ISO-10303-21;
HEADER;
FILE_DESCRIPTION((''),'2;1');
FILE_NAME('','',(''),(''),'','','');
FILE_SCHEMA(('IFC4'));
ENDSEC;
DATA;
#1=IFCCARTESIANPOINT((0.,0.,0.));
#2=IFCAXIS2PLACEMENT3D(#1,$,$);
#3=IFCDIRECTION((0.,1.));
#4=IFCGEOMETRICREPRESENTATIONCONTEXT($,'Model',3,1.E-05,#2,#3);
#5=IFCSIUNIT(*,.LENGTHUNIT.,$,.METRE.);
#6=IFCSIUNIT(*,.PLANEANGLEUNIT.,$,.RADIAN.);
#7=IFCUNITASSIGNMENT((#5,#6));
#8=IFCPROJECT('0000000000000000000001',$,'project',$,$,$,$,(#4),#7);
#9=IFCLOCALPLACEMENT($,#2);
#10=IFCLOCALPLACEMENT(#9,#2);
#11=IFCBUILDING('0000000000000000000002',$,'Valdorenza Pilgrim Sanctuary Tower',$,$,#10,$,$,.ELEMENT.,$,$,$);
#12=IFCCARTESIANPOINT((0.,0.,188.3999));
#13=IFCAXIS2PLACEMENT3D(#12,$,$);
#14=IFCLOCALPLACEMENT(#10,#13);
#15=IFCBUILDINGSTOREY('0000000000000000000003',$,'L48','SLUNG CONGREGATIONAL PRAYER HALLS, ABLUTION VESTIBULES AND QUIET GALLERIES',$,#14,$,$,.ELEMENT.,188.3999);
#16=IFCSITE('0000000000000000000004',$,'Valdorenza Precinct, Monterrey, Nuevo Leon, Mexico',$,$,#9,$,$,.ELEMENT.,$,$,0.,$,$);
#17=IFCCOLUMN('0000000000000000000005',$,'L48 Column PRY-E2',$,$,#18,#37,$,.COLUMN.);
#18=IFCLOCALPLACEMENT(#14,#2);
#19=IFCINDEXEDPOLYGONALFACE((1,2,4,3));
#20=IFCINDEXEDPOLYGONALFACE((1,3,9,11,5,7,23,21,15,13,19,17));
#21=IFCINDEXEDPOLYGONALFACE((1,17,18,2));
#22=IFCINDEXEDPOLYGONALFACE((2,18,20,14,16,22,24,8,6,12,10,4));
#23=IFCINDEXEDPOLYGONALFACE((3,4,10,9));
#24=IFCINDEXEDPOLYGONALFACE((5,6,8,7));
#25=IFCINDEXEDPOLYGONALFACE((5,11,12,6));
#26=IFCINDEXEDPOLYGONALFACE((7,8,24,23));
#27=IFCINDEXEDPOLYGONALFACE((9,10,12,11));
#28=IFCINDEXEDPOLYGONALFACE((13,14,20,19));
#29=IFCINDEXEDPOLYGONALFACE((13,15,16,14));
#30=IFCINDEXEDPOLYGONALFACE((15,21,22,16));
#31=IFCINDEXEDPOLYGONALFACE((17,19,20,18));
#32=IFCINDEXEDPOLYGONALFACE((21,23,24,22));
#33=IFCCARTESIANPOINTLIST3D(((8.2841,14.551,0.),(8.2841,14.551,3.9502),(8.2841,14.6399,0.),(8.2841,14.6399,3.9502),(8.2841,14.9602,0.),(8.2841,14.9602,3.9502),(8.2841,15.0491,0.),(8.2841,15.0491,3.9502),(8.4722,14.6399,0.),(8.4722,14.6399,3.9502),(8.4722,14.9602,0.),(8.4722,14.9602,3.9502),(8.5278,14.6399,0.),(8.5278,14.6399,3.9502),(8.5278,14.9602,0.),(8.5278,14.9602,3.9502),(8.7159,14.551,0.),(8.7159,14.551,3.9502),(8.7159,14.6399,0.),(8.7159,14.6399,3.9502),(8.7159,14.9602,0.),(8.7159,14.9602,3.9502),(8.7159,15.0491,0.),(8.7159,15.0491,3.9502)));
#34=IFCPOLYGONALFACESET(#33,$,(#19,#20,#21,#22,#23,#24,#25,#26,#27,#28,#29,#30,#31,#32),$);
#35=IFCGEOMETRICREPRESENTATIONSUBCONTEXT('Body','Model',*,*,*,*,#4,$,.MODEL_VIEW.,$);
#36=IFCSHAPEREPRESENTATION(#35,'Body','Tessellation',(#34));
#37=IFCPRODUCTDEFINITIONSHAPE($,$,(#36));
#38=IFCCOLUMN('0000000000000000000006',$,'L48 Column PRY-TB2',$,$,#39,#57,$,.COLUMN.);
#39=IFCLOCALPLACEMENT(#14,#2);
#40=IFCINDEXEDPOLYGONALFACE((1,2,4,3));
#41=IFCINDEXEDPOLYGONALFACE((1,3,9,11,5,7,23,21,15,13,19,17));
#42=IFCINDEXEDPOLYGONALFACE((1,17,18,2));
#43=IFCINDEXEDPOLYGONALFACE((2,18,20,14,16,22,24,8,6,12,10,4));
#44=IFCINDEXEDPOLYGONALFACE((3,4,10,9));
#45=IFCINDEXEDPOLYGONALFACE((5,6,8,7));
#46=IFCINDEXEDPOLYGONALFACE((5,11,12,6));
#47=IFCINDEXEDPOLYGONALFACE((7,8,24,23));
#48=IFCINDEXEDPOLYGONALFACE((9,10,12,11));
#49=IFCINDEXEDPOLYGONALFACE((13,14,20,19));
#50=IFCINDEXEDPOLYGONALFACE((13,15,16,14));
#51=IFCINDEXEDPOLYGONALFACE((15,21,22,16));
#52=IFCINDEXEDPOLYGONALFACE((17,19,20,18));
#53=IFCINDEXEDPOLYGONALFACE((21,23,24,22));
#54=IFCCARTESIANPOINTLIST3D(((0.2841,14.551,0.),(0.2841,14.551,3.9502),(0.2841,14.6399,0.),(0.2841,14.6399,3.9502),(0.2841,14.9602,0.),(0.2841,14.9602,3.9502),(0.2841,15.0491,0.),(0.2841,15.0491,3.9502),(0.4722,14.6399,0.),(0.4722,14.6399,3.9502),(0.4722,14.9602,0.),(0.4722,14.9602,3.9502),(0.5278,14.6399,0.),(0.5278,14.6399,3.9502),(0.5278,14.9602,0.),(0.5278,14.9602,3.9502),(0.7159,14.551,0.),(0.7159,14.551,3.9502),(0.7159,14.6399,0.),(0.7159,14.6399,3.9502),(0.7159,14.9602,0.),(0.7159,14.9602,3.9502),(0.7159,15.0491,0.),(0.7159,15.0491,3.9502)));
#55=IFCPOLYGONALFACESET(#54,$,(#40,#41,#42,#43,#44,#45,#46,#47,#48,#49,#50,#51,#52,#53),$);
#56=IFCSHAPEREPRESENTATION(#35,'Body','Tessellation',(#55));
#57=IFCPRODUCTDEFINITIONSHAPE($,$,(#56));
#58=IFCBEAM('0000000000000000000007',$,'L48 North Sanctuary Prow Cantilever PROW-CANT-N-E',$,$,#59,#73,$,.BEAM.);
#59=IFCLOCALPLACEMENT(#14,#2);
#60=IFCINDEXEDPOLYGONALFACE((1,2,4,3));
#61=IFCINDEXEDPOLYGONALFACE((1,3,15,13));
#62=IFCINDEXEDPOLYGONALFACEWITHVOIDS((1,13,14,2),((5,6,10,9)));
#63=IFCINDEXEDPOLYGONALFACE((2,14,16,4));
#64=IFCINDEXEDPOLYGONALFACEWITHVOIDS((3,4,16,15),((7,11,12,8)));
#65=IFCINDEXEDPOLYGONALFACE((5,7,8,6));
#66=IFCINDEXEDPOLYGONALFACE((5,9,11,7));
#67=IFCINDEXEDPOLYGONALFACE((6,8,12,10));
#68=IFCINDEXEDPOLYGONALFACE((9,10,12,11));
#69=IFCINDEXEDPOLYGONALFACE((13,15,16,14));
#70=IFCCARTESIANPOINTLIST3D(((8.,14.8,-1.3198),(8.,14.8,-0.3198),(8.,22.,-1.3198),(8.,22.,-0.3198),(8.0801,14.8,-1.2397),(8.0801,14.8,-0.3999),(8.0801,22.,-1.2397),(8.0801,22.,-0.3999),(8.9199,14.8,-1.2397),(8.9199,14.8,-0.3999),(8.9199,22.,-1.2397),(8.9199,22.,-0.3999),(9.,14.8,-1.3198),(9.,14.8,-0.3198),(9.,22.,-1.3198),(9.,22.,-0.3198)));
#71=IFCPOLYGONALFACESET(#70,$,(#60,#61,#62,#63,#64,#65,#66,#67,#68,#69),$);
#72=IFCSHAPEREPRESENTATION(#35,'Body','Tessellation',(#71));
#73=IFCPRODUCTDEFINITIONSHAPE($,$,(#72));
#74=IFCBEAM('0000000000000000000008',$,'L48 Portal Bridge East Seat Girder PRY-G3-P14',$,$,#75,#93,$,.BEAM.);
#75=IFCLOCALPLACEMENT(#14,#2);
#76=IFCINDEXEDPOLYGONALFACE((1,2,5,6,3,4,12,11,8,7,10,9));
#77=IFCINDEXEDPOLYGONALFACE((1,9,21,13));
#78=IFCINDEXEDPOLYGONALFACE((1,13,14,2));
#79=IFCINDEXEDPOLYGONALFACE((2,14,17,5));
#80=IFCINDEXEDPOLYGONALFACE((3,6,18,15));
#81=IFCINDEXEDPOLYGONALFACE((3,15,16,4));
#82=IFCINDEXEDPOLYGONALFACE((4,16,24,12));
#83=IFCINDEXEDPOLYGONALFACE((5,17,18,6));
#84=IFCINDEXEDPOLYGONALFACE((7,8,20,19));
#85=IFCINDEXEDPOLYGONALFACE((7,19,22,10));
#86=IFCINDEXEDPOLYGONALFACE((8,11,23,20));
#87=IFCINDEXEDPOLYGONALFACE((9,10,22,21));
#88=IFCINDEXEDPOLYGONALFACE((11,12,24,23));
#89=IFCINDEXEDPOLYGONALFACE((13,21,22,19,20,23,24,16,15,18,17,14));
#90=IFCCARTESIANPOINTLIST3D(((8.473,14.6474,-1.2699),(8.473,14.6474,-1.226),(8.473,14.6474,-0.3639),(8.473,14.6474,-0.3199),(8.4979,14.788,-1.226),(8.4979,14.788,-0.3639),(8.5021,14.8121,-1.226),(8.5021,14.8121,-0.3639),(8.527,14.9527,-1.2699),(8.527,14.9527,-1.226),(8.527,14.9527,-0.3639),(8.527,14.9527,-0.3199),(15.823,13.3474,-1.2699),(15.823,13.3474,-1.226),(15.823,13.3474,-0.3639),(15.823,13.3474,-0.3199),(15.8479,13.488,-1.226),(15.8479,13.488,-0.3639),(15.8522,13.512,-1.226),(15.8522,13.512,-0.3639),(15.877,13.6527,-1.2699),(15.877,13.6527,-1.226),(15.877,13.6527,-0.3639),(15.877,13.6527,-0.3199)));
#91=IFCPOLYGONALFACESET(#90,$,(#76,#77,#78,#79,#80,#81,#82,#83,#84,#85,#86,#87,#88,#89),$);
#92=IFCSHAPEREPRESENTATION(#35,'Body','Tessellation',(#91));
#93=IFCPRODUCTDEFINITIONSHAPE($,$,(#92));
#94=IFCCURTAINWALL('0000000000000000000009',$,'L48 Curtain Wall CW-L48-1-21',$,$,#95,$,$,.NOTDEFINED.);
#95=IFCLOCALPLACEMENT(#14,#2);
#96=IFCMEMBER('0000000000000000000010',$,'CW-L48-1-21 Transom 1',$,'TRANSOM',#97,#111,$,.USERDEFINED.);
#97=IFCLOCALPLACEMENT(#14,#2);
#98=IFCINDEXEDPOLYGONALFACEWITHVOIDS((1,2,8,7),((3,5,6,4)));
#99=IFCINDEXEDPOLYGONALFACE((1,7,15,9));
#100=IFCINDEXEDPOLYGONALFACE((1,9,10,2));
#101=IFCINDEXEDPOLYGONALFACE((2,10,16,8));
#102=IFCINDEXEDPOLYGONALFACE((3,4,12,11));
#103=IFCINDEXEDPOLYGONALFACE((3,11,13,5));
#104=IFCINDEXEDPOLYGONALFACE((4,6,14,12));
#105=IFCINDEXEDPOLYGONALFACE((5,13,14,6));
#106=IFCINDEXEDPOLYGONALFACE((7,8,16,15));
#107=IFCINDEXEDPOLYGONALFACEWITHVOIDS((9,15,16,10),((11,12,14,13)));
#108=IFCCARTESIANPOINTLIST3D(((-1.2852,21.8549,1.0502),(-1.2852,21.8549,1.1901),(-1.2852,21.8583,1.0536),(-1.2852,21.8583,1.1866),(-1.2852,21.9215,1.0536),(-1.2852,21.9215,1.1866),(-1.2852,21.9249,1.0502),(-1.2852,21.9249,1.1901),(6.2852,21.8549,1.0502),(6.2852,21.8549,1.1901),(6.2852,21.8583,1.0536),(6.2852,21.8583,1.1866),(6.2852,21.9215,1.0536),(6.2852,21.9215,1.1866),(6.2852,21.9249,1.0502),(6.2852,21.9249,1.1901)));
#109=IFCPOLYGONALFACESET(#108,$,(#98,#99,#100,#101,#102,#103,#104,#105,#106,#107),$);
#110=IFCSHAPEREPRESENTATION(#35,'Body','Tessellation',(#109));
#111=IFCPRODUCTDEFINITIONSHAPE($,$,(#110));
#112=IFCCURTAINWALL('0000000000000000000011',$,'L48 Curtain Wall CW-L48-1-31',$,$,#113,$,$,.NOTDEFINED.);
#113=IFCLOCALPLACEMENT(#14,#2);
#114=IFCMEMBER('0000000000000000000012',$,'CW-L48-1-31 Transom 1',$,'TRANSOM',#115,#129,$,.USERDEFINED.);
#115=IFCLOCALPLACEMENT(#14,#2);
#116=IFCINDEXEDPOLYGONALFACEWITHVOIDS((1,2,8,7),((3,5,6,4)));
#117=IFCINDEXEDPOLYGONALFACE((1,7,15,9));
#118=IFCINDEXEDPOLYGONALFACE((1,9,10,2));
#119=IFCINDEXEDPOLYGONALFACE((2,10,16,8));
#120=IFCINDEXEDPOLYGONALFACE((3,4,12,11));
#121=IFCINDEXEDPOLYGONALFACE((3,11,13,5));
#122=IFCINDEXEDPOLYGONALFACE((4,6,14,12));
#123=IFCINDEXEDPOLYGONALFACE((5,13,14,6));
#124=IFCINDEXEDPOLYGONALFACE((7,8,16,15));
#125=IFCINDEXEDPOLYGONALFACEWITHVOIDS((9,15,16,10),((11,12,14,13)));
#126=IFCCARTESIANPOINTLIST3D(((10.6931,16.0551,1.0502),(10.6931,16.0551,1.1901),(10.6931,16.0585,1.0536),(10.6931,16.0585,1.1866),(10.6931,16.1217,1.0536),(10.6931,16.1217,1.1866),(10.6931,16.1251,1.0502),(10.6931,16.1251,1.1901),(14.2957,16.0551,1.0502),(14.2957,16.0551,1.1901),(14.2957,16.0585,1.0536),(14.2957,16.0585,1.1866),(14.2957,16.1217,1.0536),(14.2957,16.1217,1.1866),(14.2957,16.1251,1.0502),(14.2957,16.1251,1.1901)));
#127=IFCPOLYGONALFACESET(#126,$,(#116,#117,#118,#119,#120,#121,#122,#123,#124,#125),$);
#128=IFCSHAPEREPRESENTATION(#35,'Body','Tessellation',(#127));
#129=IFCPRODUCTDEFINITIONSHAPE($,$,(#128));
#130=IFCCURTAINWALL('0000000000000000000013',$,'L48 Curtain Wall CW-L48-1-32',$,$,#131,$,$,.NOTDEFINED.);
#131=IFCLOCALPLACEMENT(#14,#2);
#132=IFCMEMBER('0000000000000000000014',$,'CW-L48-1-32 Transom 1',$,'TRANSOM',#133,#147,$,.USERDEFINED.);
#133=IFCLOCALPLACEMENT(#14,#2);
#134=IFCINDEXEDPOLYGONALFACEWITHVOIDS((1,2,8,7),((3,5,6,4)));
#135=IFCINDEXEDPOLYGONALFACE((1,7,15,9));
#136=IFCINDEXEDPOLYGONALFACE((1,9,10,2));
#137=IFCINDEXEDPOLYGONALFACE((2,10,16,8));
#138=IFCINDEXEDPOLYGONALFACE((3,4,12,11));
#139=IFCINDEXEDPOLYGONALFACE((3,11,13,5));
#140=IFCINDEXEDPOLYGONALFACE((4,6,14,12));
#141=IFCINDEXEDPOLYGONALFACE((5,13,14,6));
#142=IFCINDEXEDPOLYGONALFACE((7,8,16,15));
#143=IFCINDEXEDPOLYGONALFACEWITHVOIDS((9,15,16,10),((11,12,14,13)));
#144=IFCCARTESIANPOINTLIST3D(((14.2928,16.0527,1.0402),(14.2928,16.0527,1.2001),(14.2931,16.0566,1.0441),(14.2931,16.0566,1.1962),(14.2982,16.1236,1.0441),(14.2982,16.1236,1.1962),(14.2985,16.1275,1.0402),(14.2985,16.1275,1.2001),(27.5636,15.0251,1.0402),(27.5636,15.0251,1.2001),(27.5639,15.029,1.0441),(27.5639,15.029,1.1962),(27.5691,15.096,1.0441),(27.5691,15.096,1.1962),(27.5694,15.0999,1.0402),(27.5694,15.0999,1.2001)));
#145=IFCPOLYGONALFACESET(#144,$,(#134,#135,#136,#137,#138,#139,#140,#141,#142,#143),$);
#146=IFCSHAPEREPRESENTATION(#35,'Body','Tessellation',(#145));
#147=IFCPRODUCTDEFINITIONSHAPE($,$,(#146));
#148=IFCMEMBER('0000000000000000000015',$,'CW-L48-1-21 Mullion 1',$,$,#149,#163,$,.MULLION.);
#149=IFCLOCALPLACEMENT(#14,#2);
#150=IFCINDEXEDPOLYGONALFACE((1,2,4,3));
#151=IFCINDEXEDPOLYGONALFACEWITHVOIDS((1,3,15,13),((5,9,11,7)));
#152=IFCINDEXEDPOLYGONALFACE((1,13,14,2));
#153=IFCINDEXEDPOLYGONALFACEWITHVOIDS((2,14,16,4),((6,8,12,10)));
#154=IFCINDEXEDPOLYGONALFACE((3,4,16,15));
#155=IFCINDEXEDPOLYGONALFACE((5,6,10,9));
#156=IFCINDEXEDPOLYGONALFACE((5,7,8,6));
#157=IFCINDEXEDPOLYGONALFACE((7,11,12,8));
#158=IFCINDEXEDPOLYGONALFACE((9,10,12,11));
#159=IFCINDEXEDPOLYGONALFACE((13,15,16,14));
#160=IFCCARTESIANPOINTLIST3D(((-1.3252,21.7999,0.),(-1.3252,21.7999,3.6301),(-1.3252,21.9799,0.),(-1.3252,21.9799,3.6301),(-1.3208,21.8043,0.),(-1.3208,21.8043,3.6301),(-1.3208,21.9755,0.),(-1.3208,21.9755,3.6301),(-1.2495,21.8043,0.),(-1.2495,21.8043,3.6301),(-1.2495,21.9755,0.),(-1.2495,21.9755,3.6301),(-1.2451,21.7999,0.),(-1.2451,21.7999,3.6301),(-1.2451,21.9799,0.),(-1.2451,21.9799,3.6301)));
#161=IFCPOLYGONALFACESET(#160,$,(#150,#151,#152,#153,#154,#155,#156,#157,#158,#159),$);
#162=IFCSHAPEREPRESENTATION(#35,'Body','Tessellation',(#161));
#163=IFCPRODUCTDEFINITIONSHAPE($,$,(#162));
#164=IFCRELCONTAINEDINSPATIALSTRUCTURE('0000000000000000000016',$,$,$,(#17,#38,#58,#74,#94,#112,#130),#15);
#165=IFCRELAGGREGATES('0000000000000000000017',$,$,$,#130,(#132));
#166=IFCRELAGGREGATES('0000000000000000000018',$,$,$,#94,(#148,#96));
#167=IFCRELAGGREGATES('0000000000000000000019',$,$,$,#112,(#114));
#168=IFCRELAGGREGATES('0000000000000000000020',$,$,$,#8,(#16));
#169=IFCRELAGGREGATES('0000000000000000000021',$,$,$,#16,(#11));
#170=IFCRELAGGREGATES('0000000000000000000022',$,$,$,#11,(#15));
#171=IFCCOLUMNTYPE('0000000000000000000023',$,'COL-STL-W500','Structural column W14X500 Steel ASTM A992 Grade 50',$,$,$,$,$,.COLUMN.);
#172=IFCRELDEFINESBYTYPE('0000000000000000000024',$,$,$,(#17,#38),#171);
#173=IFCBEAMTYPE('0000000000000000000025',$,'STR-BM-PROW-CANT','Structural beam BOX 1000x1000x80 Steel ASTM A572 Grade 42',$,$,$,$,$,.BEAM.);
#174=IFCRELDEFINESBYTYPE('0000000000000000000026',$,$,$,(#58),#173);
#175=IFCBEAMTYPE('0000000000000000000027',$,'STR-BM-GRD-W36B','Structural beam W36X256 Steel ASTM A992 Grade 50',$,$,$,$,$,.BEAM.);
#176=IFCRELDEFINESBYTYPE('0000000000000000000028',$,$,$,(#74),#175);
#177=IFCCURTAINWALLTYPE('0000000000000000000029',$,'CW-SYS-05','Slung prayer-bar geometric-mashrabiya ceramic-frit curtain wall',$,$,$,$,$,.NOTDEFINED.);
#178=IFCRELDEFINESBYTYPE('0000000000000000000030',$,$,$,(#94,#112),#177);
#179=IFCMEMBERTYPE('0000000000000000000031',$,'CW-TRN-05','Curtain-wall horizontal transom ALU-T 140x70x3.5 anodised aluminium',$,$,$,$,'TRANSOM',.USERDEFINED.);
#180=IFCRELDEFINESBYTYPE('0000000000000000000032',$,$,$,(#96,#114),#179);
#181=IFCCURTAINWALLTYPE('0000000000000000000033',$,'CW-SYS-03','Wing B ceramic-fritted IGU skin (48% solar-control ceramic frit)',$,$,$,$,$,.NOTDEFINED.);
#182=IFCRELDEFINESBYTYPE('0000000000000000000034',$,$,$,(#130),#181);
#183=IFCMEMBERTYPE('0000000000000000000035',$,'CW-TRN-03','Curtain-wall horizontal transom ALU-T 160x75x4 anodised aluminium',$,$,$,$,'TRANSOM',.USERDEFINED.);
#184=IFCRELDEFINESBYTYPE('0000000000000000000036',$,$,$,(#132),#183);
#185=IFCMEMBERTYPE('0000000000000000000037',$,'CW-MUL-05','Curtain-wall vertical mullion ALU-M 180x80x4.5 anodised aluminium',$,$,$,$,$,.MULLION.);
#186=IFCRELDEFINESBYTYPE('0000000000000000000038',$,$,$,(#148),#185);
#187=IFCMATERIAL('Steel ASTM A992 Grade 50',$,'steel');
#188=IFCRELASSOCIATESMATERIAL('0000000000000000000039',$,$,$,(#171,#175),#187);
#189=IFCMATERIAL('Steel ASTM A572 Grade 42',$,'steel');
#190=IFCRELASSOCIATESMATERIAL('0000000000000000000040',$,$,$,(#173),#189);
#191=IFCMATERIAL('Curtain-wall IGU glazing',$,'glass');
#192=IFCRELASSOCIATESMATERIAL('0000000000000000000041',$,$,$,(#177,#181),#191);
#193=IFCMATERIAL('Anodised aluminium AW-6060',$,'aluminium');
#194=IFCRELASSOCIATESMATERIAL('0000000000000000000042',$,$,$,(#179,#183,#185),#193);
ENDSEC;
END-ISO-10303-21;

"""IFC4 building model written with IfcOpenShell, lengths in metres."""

from ifc_helpers import new_model, si_unit, direction, frame, origin, origin_2d, place, context, subcontext, project, spatial, hollow_rectangle, i_section, extrude, source, transform, mapped, material, material_profile, profile_set, type_object, element, aggregate, save


model = new_model("IFC4")

# Units and contexts
model_context = context("Model", 3, precision=1e-05, world=origin(), true_north=direction((0.0, 1.0)))
body_context = subcontext(model_context, "Body", "Model", "MODEL_VIEW")
ifc_project = project(units=[si_unit("LENGTHUNIT", "METRE"), si_unit("PLANEANGLEUNIT", "RADIAN")], contexts=[model_context])

# Site, building, storey
site_placement = place(None, origin())
site = spatial("IfcSite", under=ifc_project, at=site_placement, Name="Valdorenza Precinct, Monterrey, Nuevo Leon, Mexico", CompositionType="ELEMENT", RefElevation=0.0)
building_placement = place(site_placement, origin())
building = spatial("IfcBuilding", under=site, at=building_placement, Name="Valdorenza Pilgrim Sanctuary Tower", CompositionType="ELEMENT")
storey_placement = place(building_placement, frame((0.0, 0.0, 188.3999)))
storey = spatial("IfcBuildingStorey", under=building, at=storey_placement, Name="L48", Description="SLUNG CONGREGATIONAL PRAYER HALLS, ABLUTION VESTIBULES AND QUIET GALLERIES", CompositionType="ELEMENT", Elevation=188.3999)

# Columns
ifc_material_1 = material(Name="Steel ASTM A992 Grade 50", Category="steel")
ifc_material_profile_1 = material_profile(ifc_material_1, i_section(OverallWidth=0.4319, OverallDepth=0.498, WebThickness=0.0557, FlangeThickness=0.0889, at=origin_2d()), Name="W14X500")
ifc_profile_set_1 = profile_set([ifc_material_profile_1], Name="Steel ASTM A992 Grade 50")
column_type = type_object("IfcColumnType", Name="COL-STL-W500", Description="Structural column W14X500 Steel ASTM A992 Grade 50", PredefinedType="COLUMN", material=ifc_profile_set_1)
shared_shape_1 = source(origin(), body_context, "Body", "SweptSolid", [
    extrude(i_section(OverallWidth=0.4319, OverallDepth=0.498, WebThickness=0.0557, FlangeThickness=0.0889, at=origin_2d()), origin(), (0.0, 0.0, 1.0), 3.9502),
])
for number, where, z_axis, x_axis, name in (
    (1, (8.5, 14.8, 0.0), (0.0, 0.0, 1.0), (1.0, 0.0, 0.0), "L48 Column PRY-E2"),
    (2, (0.5, 14.8, 0.0), (0.0, 0.0, 1.0), (1.0, 0.0, 0.0), "L48 Column PRY-TB2"),
):
    element("IfcColumn", number, at=place(storey_placement, frame(where, z_axis=z_axis, x_axis=x_axis)), inside=storey, type_object=column_type, Name=name, PredefinedType="COLUMN", context=body_context, shape_type="MappedRepresentation", body=[
        mapped(shared_shape_1, transform((0.0, 0.0, 0.0), x_axis=(1.0, 0.0, 0.0), y_axis=(0.0, 1.0, 0.0), z_axis=(0.0, 0.0, 1.0), scale=1.0)),
    ])

# Beams
ifc_material_2 = material(Name="Steel ASTM A572 Grade 42", Category="steel")
ifc_material_profile_2 = material_profile(ifc_material_2, hollow_rectangle(XDim=1.0, YDim=1.0, WallThickness=0.0801, at=origin_2d()), Name="BOX 1000x1000x80")
ifc_profile_set_2 = profile_set([ifc_material_profile_2], Name="Steel ASTM A572 Grade 42")
beam_type_1 = type_object("IfcBeamType", Name="STR-BM-PROW-CANT", Description="Structural beam BOX 1000x1000x80 Steel ASTM A572 Grade 42", PredefinedType="BEAM", material=ifc_profile_set_2)
shared_shape_2 = source(origin(), body_context, "Body", "SweptSolid", [
    extrude(hollow_rectangle(XDim=1.0, YDim=1.0, WallThickness=0.0801, at=origin_2d()), origin(), (0.0, 0.0, 1.0), 7.2),
])
beam_1_placement = place(storey_placement, frame((8.5, 14.8, -0.8198), z_axis=(0.0, 1.0, 0.0), x_axis=(-1.0, 0.0, 0.0)))
element("IfcBeam", 3, at=beam_1_placement, inside=storey, type_object=beam_type_1, Name="L48 North Sanctuary Prow Cantilever PROW-CANT-N-E", PredefinedType="BEAM", context=body_context, shape_type="MappedRepresentation", body=[
    mapped(shared_shape_2, transform((0.0, 0.0, 0.0), x_axis=(1.0, 0.0, 0.0), y_axis=(0.0, 1.0, 0.0), z_axis=(0.0, 0.0, 1.0), scale=1.0)),
])
ifc_material_profile_3 = material_profile(ifc_material_1, i_section(OverallWidth=0.3101, OverallDepth=0.95, WebThickness=0.0244, FlangeThickness=0.0439, at=origin_2d()), Name="W36X256")
ifc_profile_set_3 = profile_set([ifc_material_profile_3], Name="Steel ASTM A992 Grade 50")
beam_type_2 = type_object("IfcBeamType", Name="STR-BM-GRD-W36B", Description="Structural beam W36X256 Steel ASTM A992 Grade 50", PredefinedType="BEAM", material=ifc_profile_set_3)
shared_shape_3 = source(origin(), body_context, "Body", "SweptSolid", [
    extrude(i_section(OverallWidth=0.3101, OverallDepth=0.95, WebThickness=0.0244, FlangeThickness=0.0439, at=origin_2d()), origin(), (0.0, 0.0, 1.0), 7.4641),
])
beam_2_placement = place(storey_placement, frame((8.5, 14.8, -0.7949), z_axis=(0.984715, -0.174172, 0.0), x_axis=(0.174172, 0.984715, 0.0)))
element("IfcBeam", 4, at=beam_2_placement, inside=storey, type_object=beam_type_2, Name="L48 Portal Bridge East Seat Girder PRY-G3-P14", PredefinedType="BEAM", context=body_context, shape_type="MappedRepresentation", body=[
    mapped(shared_shape_3, transform((0.0, 0.0, 0.0), x_axis=(1.0, 0.0, 0.0), y_axis=(0.0, 1.0, 0.0), z_axis=(0.0, 0.0, 1.0), scale=1.0)),
])

# Curtain walls, members
ifc_material_3 = material(Name="Curtain-wall IGU glazing", Category="glass")
curtain_wall_type_1 = type_object("IfcCurtainWallType", Name="CW-SYS-05", Description="Slung prayer-bar geometric-mashrabiya ceramic-frit curtain wall", PredefinedType="NOTDEFINED", material=ifc_material_3)
curtain_wall_1_placement = place(storey_placement, origin())
curtain_wall_1 = element("IfcCurtainWall", 5, at=curtain_wall_1_placement, inside=storey, type_object=curtain_wall_type_1, Name="L48 Curtain Wall CW-L48-1-21", PredefinedType="NOTDEFINED")
ifc_material_4 = material(Name="Anodised aluminium AW-6060", Category="aluminium")
ifc_material_profile_4 = material_profile(ifc_material_4, hollow_rectangle(XDim=0.0701, YDim=0.1399, WallThickness=0.0034, at=origin_2d()), Name="ALU-T 140x70x3.5")
ifc_profile_set_4 = profile_set([ifc_material_profile_4], Name="Anodised aluminium AW-6060")
member_type_1 = type_object("IfcMemberType", Name="CW-TRN-05", Description="Curtain-wall horizontal transom ALU-T 140x70x3.5 anodised aluminium", ElementType="TRANSOM", PredefinedType="USERDEFINED", material=ifc_profile_set_4)
shared_shape_4 = source(origin(), body_context, "Body", "SweptSolid", [
    extrude(hollow_rectangle(XDim=0.0701, YDim=0.1399, WallThickness=0.0034, at=origin_2d()), origin(), (0.0, 0.0, 1.0), 7.5703),
])
member_1_placement = place(storey_placement, frame((-1.2852, 21.8899, 1.1201), z_axis=(1.0, 0.0, 0.0), x_axis=(0.0, 1.0, 0.0)))
member_1 = element("IfcMember", 6, at=member_1_placement, type_object=member_type_1, Name="CW-L48-1-21 Transom 1", ObjectType="TRANSOM", PredefinedType="USERDEFINED", context=body_context, shape_type="MappedRepresentation", body=[
    mapped(shared_shape_4, transform((0.0, 0.0, 0.0), x_axis=(1.0, 0.0, 0.0), y_axis=(0.0, 1.0, 0.0), z_axis=(0.0, 0.0, 1.0), scale=1.0)),
])
curtain_wall_2_placement = place(storey_placement, origin())
curtain_wall_2 = element("IfcCurtainWall", 7, at=curtain_wall_2_placement, inside=storey, type_object=curtain_wall_type_1, Name="L48 Curtain Wall CW-L48-1-31", PredefinedType="NOTDEFINED")
shared_shape_5 = source(origin(), body_context, "Body", "SweptSolid", [
    extrude(hollow_rectangle(XDim=0.0701, YDim=0.1399, WallThickness=0.0034, at=origin_2d()), origin(), (0.0, 0.0, 1.0), 3.6025),
])
member_2_placement = place(storey_placement, frame((10.6931, 16.0901, 1.1201), z_axis=(1.0, 0.0, 0.0), x_axis=(0.0, 1.0, 0.0)))
member_2 = element("IfcMember", 8, at=member_2_placement, type_object=member_type_1, Name="CW-L48-1-31 Transom 1", ObjectType="TRANSOM", PredefinedType="USERDEFINED", context=body_context, shape_type="MappedRepresentation", body=[
    mapped(shared_shape_5, transform((0.0, 0.0, 0.0), x_axis=(1.0, 0.0, 0.0), y_axis=(0.0, 1.0, 0.0), z_axis=(0.0, 0.0, 1.0), scale=1.0)),
])
curtain_wall_type_2 = type_object("IfcCurtainWallType", Name="CW-SYS-03", Description="Wing B ceramic-fritted IGU skin (48% solar-control ceramic frit)", PredefinedType="NOTDEFINED", material=ifc_material_3)
curtain_wall_3_placement = place(storey_placement, origin())
curtain_wall_3 = element("IfcCurtainWall", 9, at=curtain_wall_3_placement, inside=storey, type_object=curtain_wall_type_2, Name="L48 Curtain Wall CW-L48-1-32", PredefinedType="NOTDEFINED")
ifc_material_profile_5 = material_profile(ifc_material_4, hollow_rectangle(XDim=0.075, YDim=0.1599, WallThickness=0.0039, at=origin_2d()), Name="ALU-T 160x75x4")
ifc_profile_set_5 = profile_set([ifc_material_profile_5], Name="Anodised aluminium AW-6060")
member_type_2 = type_object("IfcMemberType", Name="CW-TRN-03", Description="Curtain-wall horizontal transom ALU-T 160x75x4 anodised aluminium", ElementType="TRANSOM", PredefinedType="USERDEFINED", material=ifc_profile_set_5)
shared_shape_6 = source(origin(), body_context, "Body", "SweptSolid", [
    extrude(hollow_rectangle(XDim=0.075, YDim=0.1599, WallThickness=0.0039, at=origin_2d()), origin(), (0.0, 0.0, 1.0), 13.3105),
])
member_3_placement = place(storey_placement, frame((14.2957, 16.0901, 1.1201), z_axis=(0.997016, -0.077201, 0.0), x_axis=(0.077201, 0.997016, 0.0)))
member_3 = element("IfcMember", 10, at=member_3_placement, type_object=member_type_2, Name="CW-L48-1-32 Transom 1", ObjectType="TRANSOM", PredefinedType="USERDEFINED", context=body_context, shape_type="MappedRepresentation", body=[
    mapped(shared_shape_6, transform((0.0, 0.0, 0.0), x_axis=(1.0, 0.0, 0.0), y_axis=(0.0, 1.0, 0.0), z_axis=(0.0, 0.0, 1.0), scale=1.0)),
])
aggregate(curtain_wall_3, [member_3])

# Member
ifc_material_profile_6 = material_profile(ifc_material_4, hollow_rectangle(XDim=0.0801, YDim=0.1799, WallThickness=0.0044, at=origin_2d()), Name="ALU-M 180x80x4.5")
ifc_profile_set_6 = profile_set([ifc_material_profile_6], Name="Anodised aluminium AW-6060")
member_type_3 = type_object("IfcMemberType", Name="CW-MUL-05", Description="Curtain-wall vertical mullion ALU-M 180x80x4.5 anodised aluminium", PredefinedType="MULLION", material=ifc_profile_set_6)
shared_shape_7 = source(origin(), body_context, "Body", "SweptSolid", [
    extrude(hollow_rectangle(XDim=0.0801, YDim=0.1799, WallThickness=0.0044, at=origin_2d()), origin(), (0.0, 0.0, 1.0), 3.6301),
])
member_4_placement = place(storey_placement, frame((-1.2852, 21.8899, 0.0), z_axis=(0.0, 0.0, 1.0), x_axis=(1.0, 0.0, 0.0)))
member_4 = element("IfcMember", 11, at=member_4_placement, type_object=member_type_3, Name="CW-L48-1-21 Mullion 1", PredefinedType="MULLION", context=body_context, shape_type="MappedRepresentation", body=[
    mapped(shared_shape_7, transform((0.0, 0.0, 0.0), x_axis=(1.0, 0.0, 0.0), y_axis=(0.0, 1.0, 0.0), z_axis=(0.0, 0.0, 1.0), scale=1.0)),
])

aggregate(curtain_wall_1, [member_4, member_1])
aggregate(curtain_wall_2, [member_2])

save(model, "model.ifc")
